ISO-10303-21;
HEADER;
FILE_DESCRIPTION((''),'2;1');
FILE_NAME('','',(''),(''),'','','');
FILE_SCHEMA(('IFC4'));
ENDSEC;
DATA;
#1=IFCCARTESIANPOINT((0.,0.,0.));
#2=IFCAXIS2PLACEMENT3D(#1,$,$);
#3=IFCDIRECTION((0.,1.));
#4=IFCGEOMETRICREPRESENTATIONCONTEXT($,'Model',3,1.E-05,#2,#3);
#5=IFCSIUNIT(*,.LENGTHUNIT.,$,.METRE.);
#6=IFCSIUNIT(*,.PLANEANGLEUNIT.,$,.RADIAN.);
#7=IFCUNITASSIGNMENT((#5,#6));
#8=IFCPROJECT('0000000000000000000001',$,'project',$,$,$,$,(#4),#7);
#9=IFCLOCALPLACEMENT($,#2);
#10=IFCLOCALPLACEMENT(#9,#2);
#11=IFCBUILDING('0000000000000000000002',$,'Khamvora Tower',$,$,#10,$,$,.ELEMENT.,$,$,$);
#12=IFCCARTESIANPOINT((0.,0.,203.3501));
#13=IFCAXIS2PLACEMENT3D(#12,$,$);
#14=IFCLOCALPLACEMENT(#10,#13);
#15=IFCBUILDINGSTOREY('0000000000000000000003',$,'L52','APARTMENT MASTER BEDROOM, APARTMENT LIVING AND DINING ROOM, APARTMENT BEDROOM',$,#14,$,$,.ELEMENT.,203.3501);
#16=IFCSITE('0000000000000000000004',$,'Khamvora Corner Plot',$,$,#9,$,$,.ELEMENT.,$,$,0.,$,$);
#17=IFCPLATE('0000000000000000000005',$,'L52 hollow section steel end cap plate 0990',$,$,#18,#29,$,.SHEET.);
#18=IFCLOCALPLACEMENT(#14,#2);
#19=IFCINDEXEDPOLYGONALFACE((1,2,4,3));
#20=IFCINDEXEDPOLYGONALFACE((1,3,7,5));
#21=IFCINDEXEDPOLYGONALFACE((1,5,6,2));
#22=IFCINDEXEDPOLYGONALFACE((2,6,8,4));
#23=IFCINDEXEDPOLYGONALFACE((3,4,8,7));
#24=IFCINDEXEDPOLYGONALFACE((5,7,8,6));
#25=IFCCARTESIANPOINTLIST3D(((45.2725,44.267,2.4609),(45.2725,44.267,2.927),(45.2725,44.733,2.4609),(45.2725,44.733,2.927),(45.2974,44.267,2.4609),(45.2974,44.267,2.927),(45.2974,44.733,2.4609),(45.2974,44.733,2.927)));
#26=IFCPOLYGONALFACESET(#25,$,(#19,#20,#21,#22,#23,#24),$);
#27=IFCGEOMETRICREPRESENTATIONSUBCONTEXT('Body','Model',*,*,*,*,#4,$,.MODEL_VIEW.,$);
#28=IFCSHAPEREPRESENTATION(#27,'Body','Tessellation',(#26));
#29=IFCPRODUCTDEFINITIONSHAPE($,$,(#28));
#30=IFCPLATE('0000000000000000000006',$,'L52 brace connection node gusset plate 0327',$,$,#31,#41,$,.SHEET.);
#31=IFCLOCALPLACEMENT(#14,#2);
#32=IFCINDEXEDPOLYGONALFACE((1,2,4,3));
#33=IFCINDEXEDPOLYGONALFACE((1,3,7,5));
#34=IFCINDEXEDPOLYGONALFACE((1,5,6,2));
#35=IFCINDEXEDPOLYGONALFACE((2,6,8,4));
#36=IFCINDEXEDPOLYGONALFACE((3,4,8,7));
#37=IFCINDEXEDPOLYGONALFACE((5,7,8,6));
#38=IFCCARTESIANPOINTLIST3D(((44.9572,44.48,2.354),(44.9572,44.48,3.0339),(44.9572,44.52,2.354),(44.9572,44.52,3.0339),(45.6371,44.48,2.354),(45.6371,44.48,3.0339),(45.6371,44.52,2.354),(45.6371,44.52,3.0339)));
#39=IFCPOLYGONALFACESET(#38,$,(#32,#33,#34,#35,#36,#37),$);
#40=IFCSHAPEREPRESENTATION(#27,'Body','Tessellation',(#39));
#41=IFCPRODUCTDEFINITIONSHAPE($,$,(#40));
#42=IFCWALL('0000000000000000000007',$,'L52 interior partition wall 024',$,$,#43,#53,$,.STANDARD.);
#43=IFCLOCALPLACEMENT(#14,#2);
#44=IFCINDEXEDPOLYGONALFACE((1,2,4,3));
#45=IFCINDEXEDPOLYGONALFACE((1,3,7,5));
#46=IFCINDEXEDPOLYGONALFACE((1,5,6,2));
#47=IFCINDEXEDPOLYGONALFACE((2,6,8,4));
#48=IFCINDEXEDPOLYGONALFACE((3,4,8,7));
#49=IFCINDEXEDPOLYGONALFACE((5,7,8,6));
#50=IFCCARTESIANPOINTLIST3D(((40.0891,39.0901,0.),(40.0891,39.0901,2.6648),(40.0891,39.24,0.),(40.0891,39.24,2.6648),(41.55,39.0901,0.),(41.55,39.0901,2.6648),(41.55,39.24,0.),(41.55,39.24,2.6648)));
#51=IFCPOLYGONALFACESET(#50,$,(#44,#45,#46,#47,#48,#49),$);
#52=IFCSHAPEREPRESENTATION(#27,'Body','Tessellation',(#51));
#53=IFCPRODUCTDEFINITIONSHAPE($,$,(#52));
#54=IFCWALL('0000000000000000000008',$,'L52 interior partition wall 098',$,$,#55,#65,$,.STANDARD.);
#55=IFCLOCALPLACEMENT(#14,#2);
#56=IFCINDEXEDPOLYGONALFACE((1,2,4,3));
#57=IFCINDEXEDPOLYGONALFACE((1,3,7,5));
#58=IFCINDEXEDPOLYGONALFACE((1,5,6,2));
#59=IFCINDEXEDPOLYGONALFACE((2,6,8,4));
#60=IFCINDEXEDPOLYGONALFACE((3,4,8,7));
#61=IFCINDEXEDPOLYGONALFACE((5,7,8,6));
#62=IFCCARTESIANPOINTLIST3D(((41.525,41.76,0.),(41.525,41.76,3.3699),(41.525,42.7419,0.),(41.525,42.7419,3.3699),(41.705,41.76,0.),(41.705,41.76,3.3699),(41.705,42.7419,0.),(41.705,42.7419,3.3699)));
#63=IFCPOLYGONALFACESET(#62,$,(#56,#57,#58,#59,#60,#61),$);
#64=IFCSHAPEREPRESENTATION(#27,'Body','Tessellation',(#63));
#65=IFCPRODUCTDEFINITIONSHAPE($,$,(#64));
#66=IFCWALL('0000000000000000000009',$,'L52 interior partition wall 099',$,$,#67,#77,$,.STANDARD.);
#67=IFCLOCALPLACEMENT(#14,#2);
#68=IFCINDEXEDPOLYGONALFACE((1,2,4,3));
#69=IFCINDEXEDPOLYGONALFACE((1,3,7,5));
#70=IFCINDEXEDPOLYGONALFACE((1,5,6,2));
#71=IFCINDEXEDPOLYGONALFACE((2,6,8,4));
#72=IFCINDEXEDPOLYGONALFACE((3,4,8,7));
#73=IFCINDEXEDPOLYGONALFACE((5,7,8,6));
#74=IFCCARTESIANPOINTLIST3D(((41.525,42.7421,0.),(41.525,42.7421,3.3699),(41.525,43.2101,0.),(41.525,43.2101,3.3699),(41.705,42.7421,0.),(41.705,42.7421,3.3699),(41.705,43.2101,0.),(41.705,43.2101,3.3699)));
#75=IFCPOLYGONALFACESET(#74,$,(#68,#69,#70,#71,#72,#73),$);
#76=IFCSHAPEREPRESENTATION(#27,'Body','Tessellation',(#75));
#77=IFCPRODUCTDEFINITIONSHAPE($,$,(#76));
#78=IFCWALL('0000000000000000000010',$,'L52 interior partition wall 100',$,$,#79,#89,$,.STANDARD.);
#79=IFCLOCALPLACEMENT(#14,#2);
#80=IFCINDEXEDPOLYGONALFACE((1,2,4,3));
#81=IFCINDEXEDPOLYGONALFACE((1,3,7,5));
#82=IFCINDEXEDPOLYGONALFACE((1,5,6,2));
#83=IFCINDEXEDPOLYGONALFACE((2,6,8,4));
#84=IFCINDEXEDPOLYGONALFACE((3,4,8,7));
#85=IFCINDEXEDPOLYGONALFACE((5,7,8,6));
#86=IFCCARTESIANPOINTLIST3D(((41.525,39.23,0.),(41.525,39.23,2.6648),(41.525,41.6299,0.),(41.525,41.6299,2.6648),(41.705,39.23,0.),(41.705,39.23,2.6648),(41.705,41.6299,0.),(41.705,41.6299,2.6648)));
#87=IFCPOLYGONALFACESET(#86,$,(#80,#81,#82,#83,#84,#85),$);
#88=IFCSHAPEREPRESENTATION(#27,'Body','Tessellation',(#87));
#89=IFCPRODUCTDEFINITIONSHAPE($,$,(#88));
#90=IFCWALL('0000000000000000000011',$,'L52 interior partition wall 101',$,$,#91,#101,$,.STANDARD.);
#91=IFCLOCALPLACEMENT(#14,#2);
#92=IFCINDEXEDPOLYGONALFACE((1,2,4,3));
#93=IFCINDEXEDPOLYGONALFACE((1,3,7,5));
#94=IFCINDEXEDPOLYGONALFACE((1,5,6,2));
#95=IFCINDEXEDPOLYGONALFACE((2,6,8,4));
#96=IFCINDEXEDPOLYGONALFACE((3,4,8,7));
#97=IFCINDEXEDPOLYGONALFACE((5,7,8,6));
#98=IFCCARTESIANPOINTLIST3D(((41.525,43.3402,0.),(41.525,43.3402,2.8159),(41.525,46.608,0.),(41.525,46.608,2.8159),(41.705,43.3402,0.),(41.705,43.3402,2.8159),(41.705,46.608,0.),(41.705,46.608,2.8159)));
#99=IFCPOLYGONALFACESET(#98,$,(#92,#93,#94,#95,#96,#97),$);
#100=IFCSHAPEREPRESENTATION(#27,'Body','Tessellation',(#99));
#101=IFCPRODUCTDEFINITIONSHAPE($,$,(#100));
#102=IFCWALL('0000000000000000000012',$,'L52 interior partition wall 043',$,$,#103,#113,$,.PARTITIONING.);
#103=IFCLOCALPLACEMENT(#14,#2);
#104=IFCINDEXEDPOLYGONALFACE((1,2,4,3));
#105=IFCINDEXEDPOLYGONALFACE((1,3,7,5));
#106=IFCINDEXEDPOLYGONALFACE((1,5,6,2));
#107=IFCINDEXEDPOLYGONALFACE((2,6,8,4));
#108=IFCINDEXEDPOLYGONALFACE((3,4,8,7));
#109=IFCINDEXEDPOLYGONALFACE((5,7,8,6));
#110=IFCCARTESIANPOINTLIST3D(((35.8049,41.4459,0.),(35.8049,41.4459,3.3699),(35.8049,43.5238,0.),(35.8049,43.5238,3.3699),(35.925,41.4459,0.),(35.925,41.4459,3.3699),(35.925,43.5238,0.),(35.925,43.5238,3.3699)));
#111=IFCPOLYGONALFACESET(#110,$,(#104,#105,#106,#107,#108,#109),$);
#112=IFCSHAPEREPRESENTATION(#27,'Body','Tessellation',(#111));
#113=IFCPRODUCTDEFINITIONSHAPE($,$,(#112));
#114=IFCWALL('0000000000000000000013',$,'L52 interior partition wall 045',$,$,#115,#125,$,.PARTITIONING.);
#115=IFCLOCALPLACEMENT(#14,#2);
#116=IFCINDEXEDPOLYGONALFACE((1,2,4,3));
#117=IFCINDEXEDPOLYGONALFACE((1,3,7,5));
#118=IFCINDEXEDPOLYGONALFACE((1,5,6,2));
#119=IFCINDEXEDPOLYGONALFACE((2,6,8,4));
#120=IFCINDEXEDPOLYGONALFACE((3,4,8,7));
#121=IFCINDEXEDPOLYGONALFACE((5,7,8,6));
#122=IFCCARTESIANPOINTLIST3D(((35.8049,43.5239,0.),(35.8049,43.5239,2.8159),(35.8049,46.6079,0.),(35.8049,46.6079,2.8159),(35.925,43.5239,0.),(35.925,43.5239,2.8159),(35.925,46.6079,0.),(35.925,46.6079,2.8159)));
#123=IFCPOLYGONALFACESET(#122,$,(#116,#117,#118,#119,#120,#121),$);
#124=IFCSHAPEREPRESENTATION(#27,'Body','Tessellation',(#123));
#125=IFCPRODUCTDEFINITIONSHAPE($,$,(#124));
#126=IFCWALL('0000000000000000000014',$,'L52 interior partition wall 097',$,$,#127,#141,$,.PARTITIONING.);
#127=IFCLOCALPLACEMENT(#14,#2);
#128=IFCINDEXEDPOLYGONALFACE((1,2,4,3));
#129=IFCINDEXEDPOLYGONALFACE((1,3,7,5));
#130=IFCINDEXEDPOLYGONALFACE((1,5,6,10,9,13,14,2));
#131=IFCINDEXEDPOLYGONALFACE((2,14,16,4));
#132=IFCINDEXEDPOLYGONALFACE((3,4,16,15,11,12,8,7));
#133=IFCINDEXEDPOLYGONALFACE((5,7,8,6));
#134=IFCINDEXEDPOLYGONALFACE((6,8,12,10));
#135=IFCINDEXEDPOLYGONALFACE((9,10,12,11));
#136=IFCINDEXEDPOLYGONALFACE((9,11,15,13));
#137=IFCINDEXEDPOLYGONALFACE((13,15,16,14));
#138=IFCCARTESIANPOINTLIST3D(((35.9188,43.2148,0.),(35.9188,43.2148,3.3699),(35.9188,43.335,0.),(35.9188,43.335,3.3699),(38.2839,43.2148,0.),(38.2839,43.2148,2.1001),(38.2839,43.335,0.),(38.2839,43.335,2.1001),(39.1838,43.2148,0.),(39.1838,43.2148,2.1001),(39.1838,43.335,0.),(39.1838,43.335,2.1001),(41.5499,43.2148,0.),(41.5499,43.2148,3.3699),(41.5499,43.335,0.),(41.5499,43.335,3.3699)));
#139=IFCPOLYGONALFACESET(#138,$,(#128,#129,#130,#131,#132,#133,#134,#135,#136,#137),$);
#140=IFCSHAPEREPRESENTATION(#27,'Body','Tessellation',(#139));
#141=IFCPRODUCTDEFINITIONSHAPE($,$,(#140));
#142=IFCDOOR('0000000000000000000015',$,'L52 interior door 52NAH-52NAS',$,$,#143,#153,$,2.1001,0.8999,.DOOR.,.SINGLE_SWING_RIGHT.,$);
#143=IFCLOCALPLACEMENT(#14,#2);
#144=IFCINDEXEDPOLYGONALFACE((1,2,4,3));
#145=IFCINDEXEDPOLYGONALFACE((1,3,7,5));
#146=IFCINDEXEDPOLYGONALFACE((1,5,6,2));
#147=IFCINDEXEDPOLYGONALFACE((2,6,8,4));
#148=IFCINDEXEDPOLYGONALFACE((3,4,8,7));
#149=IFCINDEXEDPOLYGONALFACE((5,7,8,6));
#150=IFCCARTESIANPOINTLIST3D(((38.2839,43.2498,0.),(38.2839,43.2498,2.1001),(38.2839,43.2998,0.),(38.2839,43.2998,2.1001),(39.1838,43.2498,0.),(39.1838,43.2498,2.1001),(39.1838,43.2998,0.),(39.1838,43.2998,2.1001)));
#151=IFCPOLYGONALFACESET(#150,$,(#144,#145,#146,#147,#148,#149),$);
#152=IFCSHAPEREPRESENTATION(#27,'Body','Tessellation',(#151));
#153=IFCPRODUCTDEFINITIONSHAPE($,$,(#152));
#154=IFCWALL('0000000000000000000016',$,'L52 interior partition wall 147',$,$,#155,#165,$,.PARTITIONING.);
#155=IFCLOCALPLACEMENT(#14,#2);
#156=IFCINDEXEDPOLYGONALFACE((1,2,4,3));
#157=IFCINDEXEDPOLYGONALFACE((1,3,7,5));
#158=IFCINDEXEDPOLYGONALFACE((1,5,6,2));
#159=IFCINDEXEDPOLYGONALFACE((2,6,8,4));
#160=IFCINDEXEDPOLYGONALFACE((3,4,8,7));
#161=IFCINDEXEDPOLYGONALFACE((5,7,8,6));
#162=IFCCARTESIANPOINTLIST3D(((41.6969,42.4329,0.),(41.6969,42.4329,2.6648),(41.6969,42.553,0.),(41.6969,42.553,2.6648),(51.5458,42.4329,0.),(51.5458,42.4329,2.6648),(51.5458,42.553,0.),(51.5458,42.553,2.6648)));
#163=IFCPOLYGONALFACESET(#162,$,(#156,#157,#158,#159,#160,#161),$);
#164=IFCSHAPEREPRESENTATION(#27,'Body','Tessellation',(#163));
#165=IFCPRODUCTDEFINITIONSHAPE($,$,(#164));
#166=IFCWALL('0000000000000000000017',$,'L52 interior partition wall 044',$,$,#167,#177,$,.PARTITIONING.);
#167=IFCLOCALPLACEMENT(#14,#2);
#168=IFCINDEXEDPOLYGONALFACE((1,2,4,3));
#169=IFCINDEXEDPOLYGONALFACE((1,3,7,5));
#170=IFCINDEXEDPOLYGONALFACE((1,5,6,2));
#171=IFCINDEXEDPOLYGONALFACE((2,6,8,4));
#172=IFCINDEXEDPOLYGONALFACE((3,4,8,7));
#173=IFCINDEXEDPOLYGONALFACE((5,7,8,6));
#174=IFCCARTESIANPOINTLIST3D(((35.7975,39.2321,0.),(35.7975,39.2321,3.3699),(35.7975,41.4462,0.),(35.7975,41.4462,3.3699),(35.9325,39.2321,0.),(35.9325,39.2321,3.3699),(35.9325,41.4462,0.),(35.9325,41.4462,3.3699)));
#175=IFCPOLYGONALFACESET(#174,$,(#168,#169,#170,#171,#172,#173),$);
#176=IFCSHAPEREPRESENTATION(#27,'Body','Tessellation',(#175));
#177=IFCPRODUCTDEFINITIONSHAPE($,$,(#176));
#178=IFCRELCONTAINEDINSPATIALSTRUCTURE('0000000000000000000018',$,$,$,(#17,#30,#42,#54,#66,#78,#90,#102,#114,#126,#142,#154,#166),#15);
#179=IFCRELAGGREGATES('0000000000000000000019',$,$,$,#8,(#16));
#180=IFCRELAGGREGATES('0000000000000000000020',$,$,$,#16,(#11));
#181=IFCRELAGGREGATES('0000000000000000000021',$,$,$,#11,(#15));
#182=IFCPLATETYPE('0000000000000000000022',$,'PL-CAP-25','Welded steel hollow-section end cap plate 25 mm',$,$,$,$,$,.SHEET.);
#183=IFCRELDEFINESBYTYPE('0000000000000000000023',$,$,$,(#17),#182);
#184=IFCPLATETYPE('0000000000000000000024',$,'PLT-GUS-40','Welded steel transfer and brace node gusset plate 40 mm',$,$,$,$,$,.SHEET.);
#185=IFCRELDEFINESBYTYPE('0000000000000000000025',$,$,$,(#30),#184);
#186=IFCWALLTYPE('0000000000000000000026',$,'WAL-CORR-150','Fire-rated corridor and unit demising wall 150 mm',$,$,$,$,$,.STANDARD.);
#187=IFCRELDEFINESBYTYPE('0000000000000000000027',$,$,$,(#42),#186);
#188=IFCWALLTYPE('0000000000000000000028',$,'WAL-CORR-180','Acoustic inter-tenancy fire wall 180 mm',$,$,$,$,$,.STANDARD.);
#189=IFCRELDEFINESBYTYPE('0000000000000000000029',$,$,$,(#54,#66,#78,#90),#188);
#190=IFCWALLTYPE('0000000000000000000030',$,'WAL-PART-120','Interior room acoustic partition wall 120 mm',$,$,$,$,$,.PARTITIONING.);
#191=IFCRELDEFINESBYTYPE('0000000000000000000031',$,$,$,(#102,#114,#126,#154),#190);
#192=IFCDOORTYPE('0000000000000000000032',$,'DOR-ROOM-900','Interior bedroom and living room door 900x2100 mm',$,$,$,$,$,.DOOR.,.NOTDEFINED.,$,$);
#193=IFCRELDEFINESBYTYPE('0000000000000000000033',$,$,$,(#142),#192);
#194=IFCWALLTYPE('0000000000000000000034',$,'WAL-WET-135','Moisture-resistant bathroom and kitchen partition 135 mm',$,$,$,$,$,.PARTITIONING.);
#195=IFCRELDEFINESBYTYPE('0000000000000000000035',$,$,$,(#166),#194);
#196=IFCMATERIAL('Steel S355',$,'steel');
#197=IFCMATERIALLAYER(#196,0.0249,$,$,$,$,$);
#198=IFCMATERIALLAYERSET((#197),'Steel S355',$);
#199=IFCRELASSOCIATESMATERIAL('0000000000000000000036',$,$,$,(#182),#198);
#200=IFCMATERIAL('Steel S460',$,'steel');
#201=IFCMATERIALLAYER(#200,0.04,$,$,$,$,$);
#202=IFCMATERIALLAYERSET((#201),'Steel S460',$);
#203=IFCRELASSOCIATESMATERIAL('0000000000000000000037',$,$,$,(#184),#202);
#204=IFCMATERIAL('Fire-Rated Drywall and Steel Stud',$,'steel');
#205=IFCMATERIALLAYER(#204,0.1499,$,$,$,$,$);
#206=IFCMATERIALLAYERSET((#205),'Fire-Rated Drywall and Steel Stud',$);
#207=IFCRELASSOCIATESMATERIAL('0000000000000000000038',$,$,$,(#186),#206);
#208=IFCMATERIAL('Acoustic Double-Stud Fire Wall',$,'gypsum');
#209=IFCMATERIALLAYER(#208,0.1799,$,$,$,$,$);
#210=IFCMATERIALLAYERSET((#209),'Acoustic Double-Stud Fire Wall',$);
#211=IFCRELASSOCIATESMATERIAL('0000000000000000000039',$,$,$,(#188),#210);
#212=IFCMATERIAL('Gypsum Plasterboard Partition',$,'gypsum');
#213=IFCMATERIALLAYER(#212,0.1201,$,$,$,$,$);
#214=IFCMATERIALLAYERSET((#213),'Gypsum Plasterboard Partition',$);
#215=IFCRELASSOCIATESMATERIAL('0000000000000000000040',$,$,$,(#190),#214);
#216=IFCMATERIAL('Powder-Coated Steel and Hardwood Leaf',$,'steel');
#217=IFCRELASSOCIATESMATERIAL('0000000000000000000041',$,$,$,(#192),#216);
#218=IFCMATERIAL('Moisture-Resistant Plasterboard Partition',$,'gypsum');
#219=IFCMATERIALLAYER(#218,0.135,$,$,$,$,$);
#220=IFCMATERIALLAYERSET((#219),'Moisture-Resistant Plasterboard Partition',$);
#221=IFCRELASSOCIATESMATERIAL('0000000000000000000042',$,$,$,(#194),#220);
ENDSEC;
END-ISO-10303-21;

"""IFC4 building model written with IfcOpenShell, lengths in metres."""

from ifc_helpers import new_model, si_unit, direction, frame, frame_2d, origin, origin_2d, place, context, subcontext, project, spatial, rectangle, extrude, material, layer, layer_set, type_object, element, fill, save


model = new_model("IFC4")

# Units and contexts
model_context = context("Model", 3, precision=1e-05, world=origin(), true_north=direction((0.0, 1.0)))
body_context = subcontext(model_context, "Body", "Model", "MODEL_VIEW")
ifc_project = project(units=[si_unit("LENGTHUNIT", "METRE"), si_unit("PLANEANGLEUNIT", "RADIAN")], contexts=[model_context])

# Site, building, storey
site_placement = place(None, origin())
site = spatial("IfcSite", under=ifc_project, at=site_placement, Name="Khamvora Corner Plot", CompositionType="ELEMENT", RefElevation=0.0)
building_placement = place(site_placement, origin())
building = spatial("IfcBuilding", under=site, at=building_placement, Name="Khamvora Tower", CompositionType="ELEMENT")
storey_placement = place(building_placement, frame((0.0, 0.0, 203.3501)))
storey = spatial("IfcBuildingStorey", under=building, at=storey_placement, Name="L52", Description="APARTMENT MASTER BEDROOM, APARTMENT LIVING AND DINING ROOM, APARTMENT BEDROOM", CompositionType="ELEMENT", Elevation=203.3501)

# Shared definitions
ifc_material_1 = material(Name="Steel S355", Category="steel")

# Plates
ifc_layer_1 = layer(ifc_material_1, 0.0249)
ifc_layer_set_1 = layer_set([ifc_layer_1], Name="Steel S355")
plate_type_1 = type_object("IfcPlateType", Name="PL-CAP-25", Description="Welded steel hollow-section end cap plate 25 mm", PredefinedType="SHEET", material=ifc_layer_set_1)
plate_1_placement = place(storey_placement, frame((45.2849, 44.5, 2.4609), z_axis=(0.0, 0.0, 1.0), x_axis=(1.0, 0.0, 0.0)))
element("IfcPlate", 1, at=plate_1_placement, inside=storey, type_object=plate_type_1, Name="L52 hollow section steel end cap plate 0990", PredefinedType="SHEET", context=body_context, shape_type="SweptSolid", body=[
    extrude(rectangle(XDim=0.0249, YDim=0.4661, at=origin_2d()), origin(), (0.0, 0.0, 1.0), 0.4661),
])
ifc_material_2 = material(Name="Steel S460", Category="steel")
ifc_layer_2 = layer(ifc_material_2, 0.04)
ifc_layer_set_2 = layer_set([ifc_layer_2], Name="Steel S460")
plate_type_2 = type_object("IfcPlateType", Name="PLT-GUS-40", Description="Welded steel transfer and brace node gusset plate 40 mm", PredefinedType="SHEET", material=ifc_layer_set_2)
plate_2_placement = place(storey_placement, frame((45.2971, 44.5, 2.354), z_axis=(0.0, 0.0, 1.0), x_axis=(1.0, 0.0, 0.0)))
element("IfcPlate", 2, at=plate_2_placement, inside=storey, type_object=plate_type_2, Name="L52 brace connection node gusset plate 0327", PredefinedType="SHEET", context=body_context, shape_type="SweptSolid", body=[
    extrude(rectangle(XDim=0.6799, YDim=0.04, at=origin_2d()), origin(), (0.0, 0.0, 1.0), 0.6799),
])

# Shared definitions
ifc_material_3 = material(Name="Fire-Rated Drywall and Steel Stud", Category="steel")
ifc_layer_3 = layer(ifc_material_3, 0.1499)
ifc_layer_set_3 = layer_set([ifc_layer_3], Name="Fire-Rated Drywall and Steel Stud")
wall_type_1 = type_object("IfcWallType", Name="WAL-CORR-150", Description="Fire-rated corridor and unit demising wall 150 mm", PredefinedType="STANDARD", material=ifc_layer_set_3)
ifc_material_4 = material(Name="Powder-Coated Steel and Hardwood Leaf", Category="steel")

# Walls
wall_1_placement = place(storey_placement, frame((40.0891, 39.165, 0.0), z_axis=(0.0, 0.0, 1.0), x_axis=(1.0, 0.0, 0.0)))
element("IfcWall", 3, at=wall_1_placement, inside=storey, type_object=wall_type_1, Name="L52 interior partition wall 024", PredefinedType="STANDARD", context=body_context, shape_type="SweptSolid", body=[
    extrude(rectangle(XDim=1.4609, YDim=0.1499, at=frame_2d((0.7305, 0.0))), origin(), (0.0, 0.0, 1.0), 2.6648),
])
ifc_material_5 = material(Name="Acoustic Double-Stud Fire Wall", Category="gypsum")
ifc_layer_4 = layer(ifc_material_5, 0.1799)
ifc_layer_set_4 = layer_set([ifc_layer_4], Name="Acoustic Double-Stud Fire Wall")
wall_type_2 = type_object("IfcWallType", Name="WAL-CORR-180", Description="Acoustic inter-tenancy fire wall 180 mm", PredefinedType="STANDARD", material=ifc_layer_set_4)
wall_2_placement = place(storey_placement, frame((41.615, 42.7419, 0.0), z_axis=(0.0, 0.0, 1.0), x_axis=(0.0, -1.0, 0.0)))
element("IfcWall", 4, at=wall_2_placement, inside=storey, type_object=wall_type_2, Name="L52 interior partition wall 098", PredefinedType="STANDARD", context=body_context, shape_type="SweptSolid", body=[
    extrude(rectangle(XDim=0.9819, YDim=0.1799, at=frame_2d((0.491, 0.0))), origin(), (0.0, 0.0, 1.0), 3.3699),
])
wall_3_placement = place(storey_placement, frame((41.615, 43.21, 0.0), z_axis=(0.0, 0.0, 1.0), x_axis=(0.0, -1.0, 0.0)))
element("IfcWall", 5, at=wall_3_placement, inside=storey, type_object=wall_type_2, Name="L52 interior partition wall 099", PredefinedType="STANDARD", context=body_context, shape_type="SweptSolid", body=[
    extrude(rectangle(XDim=0.468, YDim=0.1799, at=frame_2d((0.2339, 0.0))), origin(), (0.0, 0.0, 1.0), 3.3699),
])
wall_4_placement = place(storey_placement, frame((41.615, 41.6299, 0.0), z_axis=(0.0, 0.0, 1.0), x_axis=(0.0, -1.0, 0.0)))
element("IfcWall", 6, at=wall_4_placement, inside=storey, type_object=wall_type_2, Name="L52 interior partition wall 100", PredefinedType="STANDARD", context=body_context, shape_type="SweptSolid", body=[
    extrude(rectangle(XDim=2.3999, YDim=0.1799, at=frame_2d((1.2, 0.0))), origin(), (0.0, 0.0, 1.0), 2.6648),
])
wall_5_placement = place(storey_placement, frame((41.615, 46.6079, 0.0), z_axis=(0.0, 0.0, 1.0), x_axis=(0.0, -1.0, 0.0)))
element("IfcWall", 7, at=wall_5_placement, inside=storey, type_object=wall_type_2, Name="L52 interior partition wall 101", PredefinedType="STANDARD", context=body_context, shape_type="SweptSolid", body=[
    extrude(rectangle(XDim=3.2678, YDim=0.1799, at=frame_2d((1.6338, 0.0))), origin(), (0.0, 0.0, 1.0), 2.8159),
])
ifc_material_6 = material(Name="Gypsum Plasterboard Partition", Category="gypsum")
ifc_layer_5 = layer(ifc_material_6, 0.1201)
ifc_layer_set_5 = layer_set([ifc_layer_5], Name="Gypsum Plasterboard Partition")
wall_type_3 = type_object("IfcWallType", Name="WAL-PART-120", Description="Interior room acoustic partition wall 120 mm", PredefinedType="PARTITIONING", material=ifc_layer_set_5)
wall_6_placement = place(storey_placement, frame((35.865, 43.5239, 0.0), z_axis=(0.0, 0.0, 1.0), x_axis=(0.0, -1.0, 0.0)))
element("IfcWall", 8, at=wall_6_placement, inside=storey, type_object=wall_type_3, Name="L52 interior partition wall 043", PredefinedType="PARTITIONING", context=body_context, shape_type="SweptSolid", body=[
    extrude(rectangle(XDim=2.0779, YDim=0.1201, at=frame_2d((1.0391, 0.0))), origin(), (0.0, 0.0, 1.0), 3.3699),
])
wall_7_placement = place(storey_placement, frame((35.865, 46.6079, 0.0), z_axis=(0.0, 0.0, 1.0), x_axis=(0.0, -1.0, 0.0)))
element("IfcWall", 9, at=wall_7_placement, inside=storey, type_object=wall_type_3, Name="L52 interior partition wall 045", PredefinedType="PARTITIONING", context=body_context, shape_type="SweptSolid", body=[
    extrude(rectangle(XDim=3.084, YDim=0.1201, at=frame_2d((1.542, 0.0))), origin(), (0.0, 0.0, 1.0), 2.8159),
])

# Wall, opening, door
wall_8_placement = place(storey_placement, frame((35.9189, 43.2749, 0.0), z_axis=(0.0, 0.0, 1.0), x_axis=(1.0, 0.0, 0.0)))
wall_8 = element("IfcWall", 10, at=wall_8_placement, inside=storey, type_object=wall_type_3, Name="L52 interior partition wall 097", PredefinedType="PARTITIONING", context=body_context, shape_type="SweptSolid", body=[
    extrude(rectangle(XDim=5.6311, YDim=0.1201, at=frame_2d((2.8154, 0.0))), origin(), (0.0, 0.0, 1.0), 3.3699),
])
opening_1_placement = place(wall_8_placement, frame((2.365, 0.0, 0.0)))
opening_1 = element("IfcOpeningElement", 11, at=opening_1_placement, cuts=wall_8, PredefinedType="OPENING", context=body_context, shape_type="SweptSolid", body=[
    extrude(rectangle(XDim=0.8999, YDim=2.1001, at=frame_2d((0.45, 1.05))), frame((0.0, 0.0701, 0.0), z_axis=(0.0, -1.0, 0.0), x_axis=(1.0, 0.0, 0.0)), (0.0, 0.0, 1.0), 0.1401),
])
door_type_1 = type_object("IfcDoorType", Name="DOR-ROOM-900", Description="Interior bedroom and living room door 900x2100 mm", OperationType="NOTDEFINED", PredefinedType="DOOR", material=ifc_material_4)
door_1_placement = place(opening_1_placement, origin())
door_1 = element("IfcDoor", 12, at=door_1_placement, inside=storey, type_object=door_type_1, Name="L52 interior door 52NAH-52NAS", OperationType="SINGLE_SWING_RIGHT", OverallHeight=2.1001, OverallWidth=0.8999, PredefinedType="DOOR", context=body_context, shape_type="SweptSolid", body=[
    extrude(rectangle(XDim=0.8999, YDim=2.1001, at=frame_2d((0.45, 1.05))), frame((0.0, 0.0249, 0.0), z_axis=(0.0, -1.0, 0.0), x_axis=(1.0, 0.0, 0.0)), (0.0, 0.0, 1.0), 0.05),
])
fill(opening_1, door_1)

# Walls
wall_9_placement = place(storey_placement, frame((41.697, 42.4929, 0.0), z_axis=(0.0, 0.0, 1.0), x_axis=(1.0, 0.0, 0.0)))
element("IfcWall", 13, at=wall_9_placement, inside=storey, type_object=wall_type_3, Name="L52 interior partition wall 147", PredefinedType="PARTITIONING", context=body_context, shape_type="SweptSolid", body=[
    extrude(rectangle(XDim=9.8489, YDim=0.1201, at=frame_2d((4.9243, 0.0))), origin(), (0.0, 0.0, 1.0), 2.6648),
])
ifc_material_7 = material(Name="Moisture-Resistant Plasterboard Partition", Category="gypsum")
ifc_layer_6 = layer(ifc_material_7, 0.135)
ifc_layer_set_6 = layer_set([ifc_layer_6], Name="Moisture-Resistant Plasterboard Partition")
wall_type_4 = type_object("IfcWallType", Name="WAL-WET-135", Description="Moisture-resistant bathroom and kitchen partition 135 mm", PredefinedType="PARTITIONING", material=ifc_layer_set_6)
wall_10_placement = place(storey_placement, frame((35.865, 41.446, 0.0), z_axis=(0.0, 0.0, 1.0), x_axis=(0.0, -1.0, 0.0)))
element("IfcWall", 14, at=wall_10_placement, inside=storey, type_object=wall_type_4, Name="L52 interior partition wall 044", PredefinedType="PARTITIONING", context=body_context, shape_type="SweptSolid", body=[
    extrude(rectangle(XDim=2.2141, YDim=0.135, at=frame_2d((1.1069, 0.0))), origin(), (0.0, 0.0, 1.0), 3.3699),
])

save(model, "model.ifc")
